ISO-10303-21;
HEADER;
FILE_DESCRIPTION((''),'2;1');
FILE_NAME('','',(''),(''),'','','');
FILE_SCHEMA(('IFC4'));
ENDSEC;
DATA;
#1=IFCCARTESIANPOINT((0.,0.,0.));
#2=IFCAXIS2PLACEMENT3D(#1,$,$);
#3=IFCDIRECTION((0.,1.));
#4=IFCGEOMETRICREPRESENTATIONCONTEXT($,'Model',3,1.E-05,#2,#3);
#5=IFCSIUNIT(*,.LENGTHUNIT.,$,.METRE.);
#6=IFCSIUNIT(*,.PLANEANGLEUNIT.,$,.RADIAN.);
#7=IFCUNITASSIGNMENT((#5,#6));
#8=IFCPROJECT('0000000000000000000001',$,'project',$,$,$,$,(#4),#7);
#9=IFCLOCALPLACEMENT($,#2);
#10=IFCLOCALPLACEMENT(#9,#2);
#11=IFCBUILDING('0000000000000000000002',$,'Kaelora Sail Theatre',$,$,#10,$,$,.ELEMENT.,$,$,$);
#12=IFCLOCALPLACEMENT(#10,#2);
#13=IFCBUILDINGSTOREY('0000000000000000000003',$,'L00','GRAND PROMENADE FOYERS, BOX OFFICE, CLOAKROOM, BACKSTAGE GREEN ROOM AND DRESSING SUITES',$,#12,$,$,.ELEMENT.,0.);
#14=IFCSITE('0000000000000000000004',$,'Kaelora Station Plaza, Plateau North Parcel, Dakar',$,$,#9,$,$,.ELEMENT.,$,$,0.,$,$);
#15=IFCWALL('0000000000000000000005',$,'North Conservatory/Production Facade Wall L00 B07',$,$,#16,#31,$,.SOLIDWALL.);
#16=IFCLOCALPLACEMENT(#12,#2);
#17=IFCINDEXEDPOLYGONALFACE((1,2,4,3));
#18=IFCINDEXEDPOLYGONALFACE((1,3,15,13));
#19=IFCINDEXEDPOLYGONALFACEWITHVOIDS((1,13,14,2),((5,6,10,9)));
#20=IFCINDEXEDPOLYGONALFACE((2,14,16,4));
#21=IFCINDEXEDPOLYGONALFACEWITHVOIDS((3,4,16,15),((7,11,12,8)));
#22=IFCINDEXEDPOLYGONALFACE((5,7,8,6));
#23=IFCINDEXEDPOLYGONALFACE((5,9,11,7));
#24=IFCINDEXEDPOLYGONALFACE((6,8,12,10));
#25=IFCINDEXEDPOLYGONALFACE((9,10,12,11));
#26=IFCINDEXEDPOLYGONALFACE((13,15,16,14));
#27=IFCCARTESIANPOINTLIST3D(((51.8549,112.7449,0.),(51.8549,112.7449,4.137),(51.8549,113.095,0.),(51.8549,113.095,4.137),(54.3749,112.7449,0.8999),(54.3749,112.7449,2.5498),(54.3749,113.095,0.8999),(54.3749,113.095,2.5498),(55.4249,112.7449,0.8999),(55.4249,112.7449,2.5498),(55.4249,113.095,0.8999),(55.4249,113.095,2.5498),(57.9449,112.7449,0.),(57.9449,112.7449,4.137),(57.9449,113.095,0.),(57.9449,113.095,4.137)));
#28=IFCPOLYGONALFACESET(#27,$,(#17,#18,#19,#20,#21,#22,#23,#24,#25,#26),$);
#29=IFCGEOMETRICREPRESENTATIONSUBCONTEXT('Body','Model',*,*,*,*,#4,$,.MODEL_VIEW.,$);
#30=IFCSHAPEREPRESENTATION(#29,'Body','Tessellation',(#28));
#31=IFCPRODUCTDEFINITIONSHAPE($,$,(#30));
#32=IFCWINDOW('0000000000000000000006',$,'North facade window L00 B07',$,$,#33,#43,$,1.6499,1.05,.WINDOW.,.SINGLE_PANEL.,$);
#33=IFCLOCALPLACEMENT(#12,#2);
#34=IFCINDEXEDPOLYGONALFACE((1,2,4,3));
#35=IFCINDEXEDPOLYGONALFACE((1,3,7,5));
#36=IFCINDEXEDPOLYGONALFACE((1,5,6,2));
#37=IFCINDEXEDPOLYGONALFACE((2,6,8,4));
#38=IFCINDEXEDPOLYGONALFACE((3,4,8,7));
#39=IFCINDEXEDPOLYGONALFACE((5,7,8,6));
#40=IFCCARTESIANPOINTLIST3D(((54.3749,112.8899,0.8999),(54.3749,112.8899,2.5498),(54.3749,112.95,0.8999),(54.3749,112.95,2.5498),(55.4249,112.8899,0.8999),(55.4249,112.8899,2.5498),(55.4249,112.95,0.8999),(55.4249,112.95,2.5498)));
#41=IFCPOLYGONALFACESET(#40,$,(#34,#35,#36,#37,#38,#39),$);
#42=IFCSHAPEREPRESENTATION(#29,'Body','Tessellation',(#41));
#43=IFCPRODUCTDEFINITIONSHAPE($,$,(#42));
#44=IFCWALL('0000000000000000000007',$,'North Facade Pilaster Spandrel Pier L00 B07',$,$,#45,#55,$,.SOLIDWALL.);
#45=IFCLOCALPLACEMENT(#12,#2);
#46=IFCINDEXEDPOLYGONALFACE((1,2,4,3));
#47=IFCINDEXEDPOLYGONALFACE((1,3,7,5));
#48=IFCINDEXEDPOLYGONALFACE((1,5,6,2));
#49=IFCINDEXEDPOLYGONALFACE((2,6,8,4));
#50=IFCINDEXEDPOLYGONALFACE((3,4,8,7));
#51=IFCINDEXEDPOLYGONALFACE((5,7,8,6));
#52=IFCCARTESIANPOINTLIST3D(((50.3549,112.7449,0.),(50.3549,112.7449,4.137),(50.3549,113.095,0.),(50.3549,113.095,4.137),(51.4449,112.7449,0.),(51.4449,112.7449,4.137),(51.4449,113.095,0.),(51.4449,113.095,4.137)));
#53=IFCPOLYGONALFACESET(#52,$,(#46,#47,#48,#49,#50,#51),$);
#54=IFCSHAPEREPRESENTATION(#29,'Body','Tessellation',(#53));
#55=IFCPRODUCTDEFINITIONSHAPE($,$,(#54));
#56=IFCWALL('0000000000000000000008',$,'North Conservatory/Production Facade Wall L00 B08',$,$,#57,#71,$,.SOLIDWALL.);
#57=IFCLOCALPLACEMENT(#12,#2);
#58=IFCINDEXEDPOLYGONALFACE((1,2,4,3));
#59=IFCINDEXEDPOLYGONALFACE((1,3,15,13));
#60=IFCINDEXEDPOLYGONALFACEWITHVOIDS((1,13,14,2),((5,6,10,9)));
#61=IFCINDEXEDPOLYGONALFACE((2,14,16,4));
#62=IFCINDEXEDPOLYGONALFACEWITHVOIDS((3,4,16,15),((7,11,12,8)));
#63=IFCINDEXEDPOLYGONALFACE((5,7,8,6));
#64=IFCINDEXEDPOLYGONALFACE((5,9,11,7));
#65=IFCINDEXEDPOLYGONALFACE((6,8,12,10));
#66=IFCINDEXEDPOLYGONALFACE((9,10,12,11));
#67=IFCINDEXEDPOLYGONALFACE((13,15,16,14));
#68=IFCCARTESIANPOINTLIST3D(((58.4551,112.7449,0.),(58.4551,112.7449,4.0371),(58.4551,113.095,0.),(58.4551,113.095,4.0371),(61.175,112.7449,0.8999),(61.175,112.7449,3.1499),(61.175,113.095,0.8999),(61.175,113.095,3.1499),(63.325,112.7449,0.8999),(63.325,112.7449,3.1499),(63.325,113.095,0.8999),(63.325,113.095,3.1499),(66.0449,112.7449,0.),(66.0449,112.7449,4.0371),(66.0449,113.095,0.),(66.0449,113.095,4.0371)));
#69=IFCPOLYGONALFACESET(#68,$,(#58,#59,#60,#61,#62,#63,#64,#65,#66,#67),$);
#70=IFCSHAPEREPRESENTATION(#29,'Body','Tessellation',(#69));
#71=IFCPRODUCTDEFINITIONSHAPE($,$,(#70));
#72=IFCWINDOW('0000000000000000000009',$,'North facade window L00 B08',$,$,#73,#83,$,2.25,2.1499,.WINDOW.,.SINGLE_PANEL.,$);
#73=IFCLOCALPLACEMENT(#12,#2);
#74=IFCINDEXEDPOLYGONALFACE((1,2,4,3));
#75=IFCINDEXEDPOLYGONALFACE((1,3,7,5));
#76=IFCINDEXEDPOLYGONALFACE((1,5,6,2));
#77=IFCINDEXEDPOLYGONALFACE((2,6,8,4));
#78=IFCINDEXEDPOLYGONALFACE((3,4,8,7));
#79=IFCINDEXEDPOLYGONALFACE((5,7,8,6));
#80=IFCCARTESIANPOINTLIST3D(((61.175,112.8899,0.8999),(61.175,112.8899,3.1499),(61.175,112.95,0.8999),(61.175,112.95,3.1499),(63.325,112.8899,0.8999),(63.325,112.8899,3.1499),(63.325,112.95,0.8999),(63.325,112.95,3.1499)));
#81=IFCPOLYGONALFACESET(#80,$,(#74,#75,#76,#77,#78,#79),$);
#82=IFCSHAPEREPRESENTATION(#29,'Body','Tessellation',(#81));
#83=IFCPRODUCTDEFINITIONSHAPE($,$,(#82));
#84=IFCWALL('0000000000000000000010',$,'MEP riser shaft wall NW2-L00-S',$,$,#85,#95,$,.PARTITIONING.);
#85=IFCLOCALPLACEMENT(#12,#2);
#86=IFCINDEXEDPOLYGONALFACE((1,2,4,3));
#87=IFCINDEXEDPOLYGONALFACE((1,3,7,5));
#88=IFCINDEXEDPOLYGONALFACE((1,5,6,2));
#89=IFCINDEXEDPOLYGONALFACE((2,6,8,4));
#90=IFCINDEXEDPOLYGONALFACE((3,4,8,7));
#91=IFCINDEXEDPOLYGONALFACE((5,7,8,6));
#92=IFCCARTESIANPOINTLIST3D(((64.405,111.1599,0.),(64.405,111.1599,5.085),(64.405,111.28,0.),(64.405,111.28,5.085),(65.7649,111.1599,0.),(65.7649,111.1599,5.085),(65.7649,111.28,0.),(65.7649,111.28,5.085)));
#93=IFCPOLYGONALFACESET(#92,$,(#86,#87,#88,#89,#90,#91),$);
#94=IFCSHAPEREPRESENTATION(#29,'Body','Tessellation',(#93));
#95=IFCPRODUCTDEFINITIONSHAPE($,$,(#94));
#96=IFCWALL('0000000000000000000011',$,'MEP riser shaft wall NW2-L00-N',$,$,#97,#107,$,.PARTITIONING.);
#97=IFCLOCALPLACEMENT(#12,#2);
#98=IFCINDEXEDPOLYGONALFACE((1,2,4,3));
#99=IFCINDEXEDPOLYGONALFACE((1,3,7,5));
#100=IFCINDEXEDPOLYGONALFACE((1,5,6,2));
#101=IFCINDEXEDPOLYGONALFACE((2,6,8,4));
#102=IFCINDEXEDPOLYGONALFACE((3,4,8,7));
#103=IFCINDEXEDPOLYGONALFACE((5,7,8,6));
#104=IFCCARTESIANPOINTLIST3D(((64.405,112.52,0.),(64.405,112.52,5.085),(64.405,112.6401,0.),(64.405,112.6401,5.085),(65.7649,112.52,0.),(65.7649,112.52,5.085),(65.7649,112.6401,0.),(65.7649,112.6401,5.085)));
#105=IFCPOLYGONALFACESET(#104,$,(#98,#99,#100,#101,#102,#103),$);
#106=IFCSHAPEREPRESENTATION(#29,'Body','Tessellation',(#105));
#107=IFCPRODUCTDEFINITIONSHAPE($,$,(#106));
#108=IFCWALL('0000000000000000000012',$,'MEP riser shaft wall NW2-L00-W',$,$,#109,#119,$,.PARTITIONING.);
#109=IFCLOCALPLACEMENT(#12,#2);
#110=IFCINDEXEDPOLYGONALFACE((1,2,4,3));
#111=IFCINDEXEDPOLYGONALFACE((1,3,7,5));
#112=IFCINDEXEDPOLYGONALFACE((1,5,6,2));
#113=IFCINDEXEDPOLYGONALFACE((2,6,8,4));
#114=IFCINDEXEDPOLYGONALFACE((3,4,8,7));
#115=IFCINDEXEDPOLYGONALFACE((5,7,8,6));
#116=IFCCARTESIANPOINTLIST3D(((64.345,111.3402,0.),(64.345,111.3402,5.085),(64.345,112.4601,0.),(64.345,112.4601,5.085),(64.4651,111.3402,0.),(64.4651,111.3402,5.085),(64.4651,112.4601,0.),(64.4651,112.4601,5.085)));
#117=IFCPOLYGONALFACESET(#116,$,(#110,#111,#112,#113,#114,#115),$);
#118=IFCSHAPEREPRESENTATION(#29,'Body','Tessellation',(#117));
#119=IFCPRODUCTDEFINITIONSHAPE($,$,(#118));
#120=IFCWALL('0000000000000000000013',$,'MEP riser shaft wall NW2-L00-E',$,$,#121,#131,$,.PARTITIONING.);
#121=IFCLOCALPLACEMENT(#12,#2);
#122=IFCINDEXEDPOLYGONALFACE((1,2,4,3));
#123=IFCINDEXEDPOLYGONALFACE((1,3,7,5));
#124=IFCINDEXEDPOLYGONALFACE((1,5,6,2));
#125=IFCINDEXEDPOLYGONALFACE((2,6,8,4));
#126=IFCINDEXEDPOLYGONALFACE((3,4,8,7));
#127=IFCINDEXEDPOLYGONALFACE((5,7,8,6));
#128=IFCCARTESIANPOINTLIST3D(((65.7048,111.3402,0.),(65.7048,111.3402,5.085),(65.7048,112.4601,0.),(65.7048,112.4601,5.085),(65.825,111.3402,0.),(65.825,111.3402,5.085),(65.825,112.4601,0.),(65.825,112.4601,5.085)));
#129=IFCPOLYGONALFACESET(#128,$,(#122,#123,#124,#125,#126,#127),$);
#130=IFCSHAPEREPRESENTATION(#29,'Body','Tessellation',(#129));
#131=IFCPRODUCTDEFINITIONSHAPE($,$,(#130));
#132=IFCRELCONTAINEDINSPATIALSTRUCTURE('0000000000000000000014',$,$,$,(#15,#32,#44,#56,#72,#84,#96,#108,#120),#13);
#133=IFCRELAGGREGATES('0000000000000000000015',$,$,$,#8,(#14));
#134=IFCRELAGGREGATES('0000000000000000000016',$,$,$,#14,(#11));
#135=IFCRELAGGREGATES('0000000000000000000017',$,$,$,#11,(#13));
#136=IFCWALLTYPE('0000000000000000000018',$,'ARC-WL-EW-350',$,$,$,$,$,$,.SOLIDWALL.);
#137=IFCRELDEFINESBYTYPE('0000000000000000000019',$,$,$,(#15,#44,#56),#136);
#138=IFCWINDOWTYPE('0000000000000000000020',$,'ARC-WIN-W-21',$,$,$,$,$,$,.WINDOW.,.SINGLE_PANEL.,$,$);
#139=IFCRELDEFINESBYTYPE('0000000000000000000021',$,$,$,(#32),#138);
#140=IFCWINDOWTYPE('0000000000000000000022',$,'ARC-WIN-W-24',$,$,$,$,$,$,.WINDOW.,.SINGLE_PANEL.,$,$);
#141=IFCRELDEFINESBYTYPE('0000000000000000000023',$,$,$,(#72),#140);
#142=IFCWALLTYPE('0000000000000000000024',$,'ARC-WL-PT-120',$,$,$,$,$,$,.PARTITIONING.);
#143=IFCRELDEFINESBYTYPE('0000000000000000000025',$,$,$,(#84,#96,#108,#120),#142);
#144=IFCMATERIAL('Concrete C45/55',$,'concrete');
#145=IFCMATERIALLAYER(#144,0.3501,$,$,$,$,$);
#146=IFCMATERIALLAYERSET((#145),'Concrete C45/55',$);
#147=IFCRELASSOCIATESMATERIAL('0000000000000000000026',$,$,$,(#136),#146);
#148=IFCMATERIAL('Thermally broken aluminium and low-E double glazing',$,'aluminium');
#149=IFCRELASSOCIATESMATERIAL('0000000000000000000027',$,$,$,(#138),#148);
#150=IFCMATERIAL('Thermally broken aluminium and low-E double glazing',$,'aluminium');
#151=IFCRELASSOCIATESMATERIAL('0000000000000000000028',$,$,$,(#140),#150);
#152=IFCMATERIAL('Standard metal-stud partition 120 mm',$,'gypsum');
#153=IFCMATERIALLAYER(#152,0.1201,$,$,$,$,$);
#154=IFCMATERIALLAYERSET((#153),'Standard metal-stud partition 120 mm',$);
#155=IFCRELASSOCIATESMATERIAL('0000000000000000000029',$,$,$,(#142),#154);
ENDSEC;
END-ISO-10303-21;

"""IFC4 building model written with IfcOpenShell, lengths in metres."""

from ifc_helpers import new_model, si_unit, direction, frame, frame_2d, origin, place, context, subcontext, project, spatial, rectangle, extrude, material, layer, layer_set, type_object, element, fill, save


model = new_model("IFC4")

# Units and contexts
model_context = context("Model", 3, precision=1e-05, world=origin(), true_north=direction((0.0, 1.0)))
body_context = subcontext(model_context, "Body", "Model", "MODEL_VIEW")
ifc_project = project(units=[si_unit("LENGTHUNIT", "METRE"), si_unit("PLANEANGLEUNIT", "RADIAN")], contexts=[model_context])

# Site, building, storey
site_placement = place(None, origin())
site = spatial("IfcSite", under=ifc_project, at=site_placement, Name="Kaelora Station Plaza, Plateau North Parcel, Dakar", CompositionType="ELEMENT", RefElevation=0.0)
building_placement = place(site_placement, origin())
building = spatial("IfcBuilding", under=site, at=building_placement, Name="Kaelora Sail Theatre", CompositionType="ELEMENT")
storey_placement = place(building_placement, origin())
storey = spatial("IfcBuildingStorey", under=building, at=storey_placement, Name="L00", Description="GRAND PROMENADE FOYERS, BOX OFFICE, CLOAKROOM, BACKSTAGE GREEN ROOM AND DRESSING SUITES", CompositionType="ELEMENT", Elevation=0.0)

# Wall, opening, window
ifc_material_1 = material(Name="Concrete C45/55", Category="concrete")
ifc_layer_1 = layer(ifc_material_1, 0.3501)
ifc_layer_set_1 = layer_set([ifc_layer_1], Name="Concrete C45/55")
wall_type_1 = type_object("IfcWallType", Name="ARC-WL-EW-350", PredefinedType="SOLIDWALL", material=ifc_layer_set_1)
wall_1_placement = place(storey_placement, frame((51.855, 112.9199, 0.0), z_axis=(0.0, 0.0, 1.0), x_axis=(1.0, 0.0, 0.0)))
wall_1 = element("IfcWall", 1, at=wall_1_placement, inside=storey, type_object=wall_type_1, Name="North Conservatory/Production Facade Wall L00 B07", PredefinedType="SOLIDWALL", context=body_context, shape_type="SweptSolid", body=[
    extrude(rectangle(XDim=6.0901, YDim=0.3501, at=frame_2d((3.0449, 0.0))), origin(), (0.0, 0.0, 1.0), 4.137),
])
opening_1_placement = place(wall_1_placement, frame((2.52, 0.0, 0.8999)))
opening_1 = element("IfcOpeningElement", 2, at=opening_1_placement, cuts=wall_1, PredefinedType="OPENING", context=body_context, shape_type="SweptSolid", body=[
    extrude(rectangle(XDim=1.05, YDim=1.6499, at=frame_2d((0.5249, 0.825))), frame((0.0, 0.185, 0.0), z_axis=(0.0, -1.0, 0.0), x_axis=(1.0, 0.0, 0.0)), (0.0, 0.0, 1.0), 0.3701),
])
ifc_material_2 = material(Name="Thermally broken aluminium and low-E double glazing", Category="aluminium")
window_type_1 = type_object("IfcWindowType", Name="ARC-WIN-W-21", PartitioningType="SINGLE_PANEL", PredefinedType="WINDOW", material=ifc_material_2)
window_1_placement = place(opening_1_placement, origin())
window_1 = element("IfcWindow", 3, at=window_1_placement, inside=storey, type_object=window_type_1, Name="North facade window L00 B07", OverallHeight=1.6499, OverallWidth=1.05, PartitioningType="SINGLE_PANEL", PredefinedType="WINDOW", context=body_context, shape_type="SweptSolid", body=[
    extrude(rectangle(XDim=1.05, YDim=1.6499, at=frame_2d((0.5249, 0.825))), frame((0.0, 0.03, 0.0), z_axis=(0.0, -1.0, 0.0), x_axis=(1.0, 0.0, 0.0)), (0.0, 0.0, 1.0), 0.0601),
])
fill(opening_1, window_1)

# Wall
wall_2_placement = place(storey_placement, frame((50.355, 112.9199, 0.0), z_axis=(0.0, 0.0, 1.0), x_axis=(1.0, 0.0, 0.0)))
element("IfcWall", 4, at=wall_2_placement, inside=storey, type_object=wall_type_1, Name="North Facade Pilaster Spandrel Pier L00 B07", PredefinedType="SOLIDWALL", context=body_context, shape_type="SweptSolid", body=[
    extrude(rectangle(XDim=1.0901, YDim=0.3501, at=frame_2d((0.5449, 0.0))), origin(), (0.0, 0.0, 1.0), 4.137),
])

# Wall, opening, window
wall_3_placement = place(storey_placement, frame((58.4551, 112.9199, 0.0), z_axis=(0.0, 0.0, 1.0), x_axis=(1.0, 0.0, 0.0)))
wall_3 = element("IfcWall", 5, at=wall_3_placement, inside=storey, type_object=wall_type_1, Name="North Conservatory/Production Facade Wall L00 B08", PredefinedType="SOLIDWALL", context=body_context, shape_type="SweptSolid", body=[
    extrude(rectangle(XDim=7.5898, YDim=0.3501, at=frame_2d((3.7949, 0.0))), origin(), (0.0, 0.0, 1.0), 4.0371),
])
opening_2_placement = place(wall_3_placement, frame((2.72, 0.0, 0.8999)))
opening_2 = element("IfcOpeningElement", 6, at=opening_2_placement, cuts=wall_3, PredefinedType="OPENING", context=body_context, shape_type="SweptSolid", body=[
    extrude(rectangle(XDim=2.1499, YDim=2.25, at=frame_2d((1.075, 1.125))), frame((0.0, 0.185, 0.0), z_axis=(0.0, -1.0, 0.0), x_axis=(1.0, 0.0, 0.0)), (0.0, 0.0, 1.0), 0.3701),
])
ifc_material_3 = material(Name="Thermally broken aluminium and low-E double glazing", Category="aluminium")
window_type_2 = type_object("IfcWindowType", Name="ARC-WIN-W-24", PartitioningType="SINGLE_PANEL", PredefinedType="WINDOW", material=ifc_material_3)
window_2_placement = place(opening_2_placement, origin())
window_2 = element("IfcWindow", 7, at=window_2_placement, inside=storey, type_object=window_type_2, Name="North facade window L00 B08", OverallHeight=2.25, OverallWidth=2.1499, PartitioningType="SINGLE_PANEL", PredefinedType="WINDOW", context=body_context, shape_type="SweptSolid", body=[
    extrude(rectangle(XDim=2.1499, YDim=2.25, at=frame_2d((1.075, 1.125))), frame((0.0, 0.03, 0.0), z_axis=(0.0, -1.0, 0.0), x_axis=(1.0, 0.0, 0.0)), (0.0, 0.0, 1.0), 0.0601),
])
fill(opening_2, window_2)

# Walls
ifc_material_4 = material(Name="Standard metal-stud partition 120 mm", Category="gypsum")
ifc_layer_2 = layer(ifc_material_4, 0.1201)
ifc_layer_set_2 = layer_set([ifc_layer_2], Name="Standard metal-stud partition 120 mm")
wall_type_2 = type_object("IfcWallType", Name="ARC-WL-PT-120", PredefinedType="PARTITIONING", material=ifc_layer_set_2)
for number, where, z_axis, x_axis, name in (
    (8, (64.405, 111.22, 0.0), (0.0, 0.0, 1.0), (1.0, 0.0, 0.0), "MEP riser shaft wall NW2-L00-S"),
    (9, (64.405, 112.5801, 0.0), (0.0, 0.0, 1.0), (1.0, 0.0, 0.0), "MEP riser shaft wall NW2-L00-N"),
):
    element("IfcWall", number, at=place(storey_placement, frame(where, z_axis=z_axis, x_axis=x_axis)), inside=storey, type_object=wall_type_2, Name=name, PredefinedType="PARTITIONING", context=body_context, shape_type="SweptSolid", body=[
        extrude(rectangle(XDim=1.3599, YDim=0.1201, at=frame_2d((0.6799, 0.0))), origin(), (0.0, 0.0, 1.0), 5.085),
    ])
for number, where, z_axis, x_axis, name in (
    (10, (64.405, 111.3401, 0.0), (0.0, 0.0, 1.0), (0.0, 1.0, 0.0), "MEP riser shaft wall NW2-L00-W"),
    (11, (65.7649, 111.3401, 0.0), (0.0, 0.0, 1.0), (0.0, 1.0, 0.0), "MEP riser shaft wall NW2-L00-E"),
):
    element("IfcWall", number, at=place(storey_placement, frame(where, z_axis=z_axis, x_axis=x_axis)), inside=storey, type_object=wall_type_2, Name=name, PredefinedType="PARTITIONING", context=body_context, shape_type="SweptSolid", body=[
        extrude(rectangle(XDim=1.1199, YDim=0.1201, at=frame_2d((0.5601, 0.0))), origin(), (0.0, 0.0, 1.0), 5.085),
    ])

save(model, "model.ifc")
